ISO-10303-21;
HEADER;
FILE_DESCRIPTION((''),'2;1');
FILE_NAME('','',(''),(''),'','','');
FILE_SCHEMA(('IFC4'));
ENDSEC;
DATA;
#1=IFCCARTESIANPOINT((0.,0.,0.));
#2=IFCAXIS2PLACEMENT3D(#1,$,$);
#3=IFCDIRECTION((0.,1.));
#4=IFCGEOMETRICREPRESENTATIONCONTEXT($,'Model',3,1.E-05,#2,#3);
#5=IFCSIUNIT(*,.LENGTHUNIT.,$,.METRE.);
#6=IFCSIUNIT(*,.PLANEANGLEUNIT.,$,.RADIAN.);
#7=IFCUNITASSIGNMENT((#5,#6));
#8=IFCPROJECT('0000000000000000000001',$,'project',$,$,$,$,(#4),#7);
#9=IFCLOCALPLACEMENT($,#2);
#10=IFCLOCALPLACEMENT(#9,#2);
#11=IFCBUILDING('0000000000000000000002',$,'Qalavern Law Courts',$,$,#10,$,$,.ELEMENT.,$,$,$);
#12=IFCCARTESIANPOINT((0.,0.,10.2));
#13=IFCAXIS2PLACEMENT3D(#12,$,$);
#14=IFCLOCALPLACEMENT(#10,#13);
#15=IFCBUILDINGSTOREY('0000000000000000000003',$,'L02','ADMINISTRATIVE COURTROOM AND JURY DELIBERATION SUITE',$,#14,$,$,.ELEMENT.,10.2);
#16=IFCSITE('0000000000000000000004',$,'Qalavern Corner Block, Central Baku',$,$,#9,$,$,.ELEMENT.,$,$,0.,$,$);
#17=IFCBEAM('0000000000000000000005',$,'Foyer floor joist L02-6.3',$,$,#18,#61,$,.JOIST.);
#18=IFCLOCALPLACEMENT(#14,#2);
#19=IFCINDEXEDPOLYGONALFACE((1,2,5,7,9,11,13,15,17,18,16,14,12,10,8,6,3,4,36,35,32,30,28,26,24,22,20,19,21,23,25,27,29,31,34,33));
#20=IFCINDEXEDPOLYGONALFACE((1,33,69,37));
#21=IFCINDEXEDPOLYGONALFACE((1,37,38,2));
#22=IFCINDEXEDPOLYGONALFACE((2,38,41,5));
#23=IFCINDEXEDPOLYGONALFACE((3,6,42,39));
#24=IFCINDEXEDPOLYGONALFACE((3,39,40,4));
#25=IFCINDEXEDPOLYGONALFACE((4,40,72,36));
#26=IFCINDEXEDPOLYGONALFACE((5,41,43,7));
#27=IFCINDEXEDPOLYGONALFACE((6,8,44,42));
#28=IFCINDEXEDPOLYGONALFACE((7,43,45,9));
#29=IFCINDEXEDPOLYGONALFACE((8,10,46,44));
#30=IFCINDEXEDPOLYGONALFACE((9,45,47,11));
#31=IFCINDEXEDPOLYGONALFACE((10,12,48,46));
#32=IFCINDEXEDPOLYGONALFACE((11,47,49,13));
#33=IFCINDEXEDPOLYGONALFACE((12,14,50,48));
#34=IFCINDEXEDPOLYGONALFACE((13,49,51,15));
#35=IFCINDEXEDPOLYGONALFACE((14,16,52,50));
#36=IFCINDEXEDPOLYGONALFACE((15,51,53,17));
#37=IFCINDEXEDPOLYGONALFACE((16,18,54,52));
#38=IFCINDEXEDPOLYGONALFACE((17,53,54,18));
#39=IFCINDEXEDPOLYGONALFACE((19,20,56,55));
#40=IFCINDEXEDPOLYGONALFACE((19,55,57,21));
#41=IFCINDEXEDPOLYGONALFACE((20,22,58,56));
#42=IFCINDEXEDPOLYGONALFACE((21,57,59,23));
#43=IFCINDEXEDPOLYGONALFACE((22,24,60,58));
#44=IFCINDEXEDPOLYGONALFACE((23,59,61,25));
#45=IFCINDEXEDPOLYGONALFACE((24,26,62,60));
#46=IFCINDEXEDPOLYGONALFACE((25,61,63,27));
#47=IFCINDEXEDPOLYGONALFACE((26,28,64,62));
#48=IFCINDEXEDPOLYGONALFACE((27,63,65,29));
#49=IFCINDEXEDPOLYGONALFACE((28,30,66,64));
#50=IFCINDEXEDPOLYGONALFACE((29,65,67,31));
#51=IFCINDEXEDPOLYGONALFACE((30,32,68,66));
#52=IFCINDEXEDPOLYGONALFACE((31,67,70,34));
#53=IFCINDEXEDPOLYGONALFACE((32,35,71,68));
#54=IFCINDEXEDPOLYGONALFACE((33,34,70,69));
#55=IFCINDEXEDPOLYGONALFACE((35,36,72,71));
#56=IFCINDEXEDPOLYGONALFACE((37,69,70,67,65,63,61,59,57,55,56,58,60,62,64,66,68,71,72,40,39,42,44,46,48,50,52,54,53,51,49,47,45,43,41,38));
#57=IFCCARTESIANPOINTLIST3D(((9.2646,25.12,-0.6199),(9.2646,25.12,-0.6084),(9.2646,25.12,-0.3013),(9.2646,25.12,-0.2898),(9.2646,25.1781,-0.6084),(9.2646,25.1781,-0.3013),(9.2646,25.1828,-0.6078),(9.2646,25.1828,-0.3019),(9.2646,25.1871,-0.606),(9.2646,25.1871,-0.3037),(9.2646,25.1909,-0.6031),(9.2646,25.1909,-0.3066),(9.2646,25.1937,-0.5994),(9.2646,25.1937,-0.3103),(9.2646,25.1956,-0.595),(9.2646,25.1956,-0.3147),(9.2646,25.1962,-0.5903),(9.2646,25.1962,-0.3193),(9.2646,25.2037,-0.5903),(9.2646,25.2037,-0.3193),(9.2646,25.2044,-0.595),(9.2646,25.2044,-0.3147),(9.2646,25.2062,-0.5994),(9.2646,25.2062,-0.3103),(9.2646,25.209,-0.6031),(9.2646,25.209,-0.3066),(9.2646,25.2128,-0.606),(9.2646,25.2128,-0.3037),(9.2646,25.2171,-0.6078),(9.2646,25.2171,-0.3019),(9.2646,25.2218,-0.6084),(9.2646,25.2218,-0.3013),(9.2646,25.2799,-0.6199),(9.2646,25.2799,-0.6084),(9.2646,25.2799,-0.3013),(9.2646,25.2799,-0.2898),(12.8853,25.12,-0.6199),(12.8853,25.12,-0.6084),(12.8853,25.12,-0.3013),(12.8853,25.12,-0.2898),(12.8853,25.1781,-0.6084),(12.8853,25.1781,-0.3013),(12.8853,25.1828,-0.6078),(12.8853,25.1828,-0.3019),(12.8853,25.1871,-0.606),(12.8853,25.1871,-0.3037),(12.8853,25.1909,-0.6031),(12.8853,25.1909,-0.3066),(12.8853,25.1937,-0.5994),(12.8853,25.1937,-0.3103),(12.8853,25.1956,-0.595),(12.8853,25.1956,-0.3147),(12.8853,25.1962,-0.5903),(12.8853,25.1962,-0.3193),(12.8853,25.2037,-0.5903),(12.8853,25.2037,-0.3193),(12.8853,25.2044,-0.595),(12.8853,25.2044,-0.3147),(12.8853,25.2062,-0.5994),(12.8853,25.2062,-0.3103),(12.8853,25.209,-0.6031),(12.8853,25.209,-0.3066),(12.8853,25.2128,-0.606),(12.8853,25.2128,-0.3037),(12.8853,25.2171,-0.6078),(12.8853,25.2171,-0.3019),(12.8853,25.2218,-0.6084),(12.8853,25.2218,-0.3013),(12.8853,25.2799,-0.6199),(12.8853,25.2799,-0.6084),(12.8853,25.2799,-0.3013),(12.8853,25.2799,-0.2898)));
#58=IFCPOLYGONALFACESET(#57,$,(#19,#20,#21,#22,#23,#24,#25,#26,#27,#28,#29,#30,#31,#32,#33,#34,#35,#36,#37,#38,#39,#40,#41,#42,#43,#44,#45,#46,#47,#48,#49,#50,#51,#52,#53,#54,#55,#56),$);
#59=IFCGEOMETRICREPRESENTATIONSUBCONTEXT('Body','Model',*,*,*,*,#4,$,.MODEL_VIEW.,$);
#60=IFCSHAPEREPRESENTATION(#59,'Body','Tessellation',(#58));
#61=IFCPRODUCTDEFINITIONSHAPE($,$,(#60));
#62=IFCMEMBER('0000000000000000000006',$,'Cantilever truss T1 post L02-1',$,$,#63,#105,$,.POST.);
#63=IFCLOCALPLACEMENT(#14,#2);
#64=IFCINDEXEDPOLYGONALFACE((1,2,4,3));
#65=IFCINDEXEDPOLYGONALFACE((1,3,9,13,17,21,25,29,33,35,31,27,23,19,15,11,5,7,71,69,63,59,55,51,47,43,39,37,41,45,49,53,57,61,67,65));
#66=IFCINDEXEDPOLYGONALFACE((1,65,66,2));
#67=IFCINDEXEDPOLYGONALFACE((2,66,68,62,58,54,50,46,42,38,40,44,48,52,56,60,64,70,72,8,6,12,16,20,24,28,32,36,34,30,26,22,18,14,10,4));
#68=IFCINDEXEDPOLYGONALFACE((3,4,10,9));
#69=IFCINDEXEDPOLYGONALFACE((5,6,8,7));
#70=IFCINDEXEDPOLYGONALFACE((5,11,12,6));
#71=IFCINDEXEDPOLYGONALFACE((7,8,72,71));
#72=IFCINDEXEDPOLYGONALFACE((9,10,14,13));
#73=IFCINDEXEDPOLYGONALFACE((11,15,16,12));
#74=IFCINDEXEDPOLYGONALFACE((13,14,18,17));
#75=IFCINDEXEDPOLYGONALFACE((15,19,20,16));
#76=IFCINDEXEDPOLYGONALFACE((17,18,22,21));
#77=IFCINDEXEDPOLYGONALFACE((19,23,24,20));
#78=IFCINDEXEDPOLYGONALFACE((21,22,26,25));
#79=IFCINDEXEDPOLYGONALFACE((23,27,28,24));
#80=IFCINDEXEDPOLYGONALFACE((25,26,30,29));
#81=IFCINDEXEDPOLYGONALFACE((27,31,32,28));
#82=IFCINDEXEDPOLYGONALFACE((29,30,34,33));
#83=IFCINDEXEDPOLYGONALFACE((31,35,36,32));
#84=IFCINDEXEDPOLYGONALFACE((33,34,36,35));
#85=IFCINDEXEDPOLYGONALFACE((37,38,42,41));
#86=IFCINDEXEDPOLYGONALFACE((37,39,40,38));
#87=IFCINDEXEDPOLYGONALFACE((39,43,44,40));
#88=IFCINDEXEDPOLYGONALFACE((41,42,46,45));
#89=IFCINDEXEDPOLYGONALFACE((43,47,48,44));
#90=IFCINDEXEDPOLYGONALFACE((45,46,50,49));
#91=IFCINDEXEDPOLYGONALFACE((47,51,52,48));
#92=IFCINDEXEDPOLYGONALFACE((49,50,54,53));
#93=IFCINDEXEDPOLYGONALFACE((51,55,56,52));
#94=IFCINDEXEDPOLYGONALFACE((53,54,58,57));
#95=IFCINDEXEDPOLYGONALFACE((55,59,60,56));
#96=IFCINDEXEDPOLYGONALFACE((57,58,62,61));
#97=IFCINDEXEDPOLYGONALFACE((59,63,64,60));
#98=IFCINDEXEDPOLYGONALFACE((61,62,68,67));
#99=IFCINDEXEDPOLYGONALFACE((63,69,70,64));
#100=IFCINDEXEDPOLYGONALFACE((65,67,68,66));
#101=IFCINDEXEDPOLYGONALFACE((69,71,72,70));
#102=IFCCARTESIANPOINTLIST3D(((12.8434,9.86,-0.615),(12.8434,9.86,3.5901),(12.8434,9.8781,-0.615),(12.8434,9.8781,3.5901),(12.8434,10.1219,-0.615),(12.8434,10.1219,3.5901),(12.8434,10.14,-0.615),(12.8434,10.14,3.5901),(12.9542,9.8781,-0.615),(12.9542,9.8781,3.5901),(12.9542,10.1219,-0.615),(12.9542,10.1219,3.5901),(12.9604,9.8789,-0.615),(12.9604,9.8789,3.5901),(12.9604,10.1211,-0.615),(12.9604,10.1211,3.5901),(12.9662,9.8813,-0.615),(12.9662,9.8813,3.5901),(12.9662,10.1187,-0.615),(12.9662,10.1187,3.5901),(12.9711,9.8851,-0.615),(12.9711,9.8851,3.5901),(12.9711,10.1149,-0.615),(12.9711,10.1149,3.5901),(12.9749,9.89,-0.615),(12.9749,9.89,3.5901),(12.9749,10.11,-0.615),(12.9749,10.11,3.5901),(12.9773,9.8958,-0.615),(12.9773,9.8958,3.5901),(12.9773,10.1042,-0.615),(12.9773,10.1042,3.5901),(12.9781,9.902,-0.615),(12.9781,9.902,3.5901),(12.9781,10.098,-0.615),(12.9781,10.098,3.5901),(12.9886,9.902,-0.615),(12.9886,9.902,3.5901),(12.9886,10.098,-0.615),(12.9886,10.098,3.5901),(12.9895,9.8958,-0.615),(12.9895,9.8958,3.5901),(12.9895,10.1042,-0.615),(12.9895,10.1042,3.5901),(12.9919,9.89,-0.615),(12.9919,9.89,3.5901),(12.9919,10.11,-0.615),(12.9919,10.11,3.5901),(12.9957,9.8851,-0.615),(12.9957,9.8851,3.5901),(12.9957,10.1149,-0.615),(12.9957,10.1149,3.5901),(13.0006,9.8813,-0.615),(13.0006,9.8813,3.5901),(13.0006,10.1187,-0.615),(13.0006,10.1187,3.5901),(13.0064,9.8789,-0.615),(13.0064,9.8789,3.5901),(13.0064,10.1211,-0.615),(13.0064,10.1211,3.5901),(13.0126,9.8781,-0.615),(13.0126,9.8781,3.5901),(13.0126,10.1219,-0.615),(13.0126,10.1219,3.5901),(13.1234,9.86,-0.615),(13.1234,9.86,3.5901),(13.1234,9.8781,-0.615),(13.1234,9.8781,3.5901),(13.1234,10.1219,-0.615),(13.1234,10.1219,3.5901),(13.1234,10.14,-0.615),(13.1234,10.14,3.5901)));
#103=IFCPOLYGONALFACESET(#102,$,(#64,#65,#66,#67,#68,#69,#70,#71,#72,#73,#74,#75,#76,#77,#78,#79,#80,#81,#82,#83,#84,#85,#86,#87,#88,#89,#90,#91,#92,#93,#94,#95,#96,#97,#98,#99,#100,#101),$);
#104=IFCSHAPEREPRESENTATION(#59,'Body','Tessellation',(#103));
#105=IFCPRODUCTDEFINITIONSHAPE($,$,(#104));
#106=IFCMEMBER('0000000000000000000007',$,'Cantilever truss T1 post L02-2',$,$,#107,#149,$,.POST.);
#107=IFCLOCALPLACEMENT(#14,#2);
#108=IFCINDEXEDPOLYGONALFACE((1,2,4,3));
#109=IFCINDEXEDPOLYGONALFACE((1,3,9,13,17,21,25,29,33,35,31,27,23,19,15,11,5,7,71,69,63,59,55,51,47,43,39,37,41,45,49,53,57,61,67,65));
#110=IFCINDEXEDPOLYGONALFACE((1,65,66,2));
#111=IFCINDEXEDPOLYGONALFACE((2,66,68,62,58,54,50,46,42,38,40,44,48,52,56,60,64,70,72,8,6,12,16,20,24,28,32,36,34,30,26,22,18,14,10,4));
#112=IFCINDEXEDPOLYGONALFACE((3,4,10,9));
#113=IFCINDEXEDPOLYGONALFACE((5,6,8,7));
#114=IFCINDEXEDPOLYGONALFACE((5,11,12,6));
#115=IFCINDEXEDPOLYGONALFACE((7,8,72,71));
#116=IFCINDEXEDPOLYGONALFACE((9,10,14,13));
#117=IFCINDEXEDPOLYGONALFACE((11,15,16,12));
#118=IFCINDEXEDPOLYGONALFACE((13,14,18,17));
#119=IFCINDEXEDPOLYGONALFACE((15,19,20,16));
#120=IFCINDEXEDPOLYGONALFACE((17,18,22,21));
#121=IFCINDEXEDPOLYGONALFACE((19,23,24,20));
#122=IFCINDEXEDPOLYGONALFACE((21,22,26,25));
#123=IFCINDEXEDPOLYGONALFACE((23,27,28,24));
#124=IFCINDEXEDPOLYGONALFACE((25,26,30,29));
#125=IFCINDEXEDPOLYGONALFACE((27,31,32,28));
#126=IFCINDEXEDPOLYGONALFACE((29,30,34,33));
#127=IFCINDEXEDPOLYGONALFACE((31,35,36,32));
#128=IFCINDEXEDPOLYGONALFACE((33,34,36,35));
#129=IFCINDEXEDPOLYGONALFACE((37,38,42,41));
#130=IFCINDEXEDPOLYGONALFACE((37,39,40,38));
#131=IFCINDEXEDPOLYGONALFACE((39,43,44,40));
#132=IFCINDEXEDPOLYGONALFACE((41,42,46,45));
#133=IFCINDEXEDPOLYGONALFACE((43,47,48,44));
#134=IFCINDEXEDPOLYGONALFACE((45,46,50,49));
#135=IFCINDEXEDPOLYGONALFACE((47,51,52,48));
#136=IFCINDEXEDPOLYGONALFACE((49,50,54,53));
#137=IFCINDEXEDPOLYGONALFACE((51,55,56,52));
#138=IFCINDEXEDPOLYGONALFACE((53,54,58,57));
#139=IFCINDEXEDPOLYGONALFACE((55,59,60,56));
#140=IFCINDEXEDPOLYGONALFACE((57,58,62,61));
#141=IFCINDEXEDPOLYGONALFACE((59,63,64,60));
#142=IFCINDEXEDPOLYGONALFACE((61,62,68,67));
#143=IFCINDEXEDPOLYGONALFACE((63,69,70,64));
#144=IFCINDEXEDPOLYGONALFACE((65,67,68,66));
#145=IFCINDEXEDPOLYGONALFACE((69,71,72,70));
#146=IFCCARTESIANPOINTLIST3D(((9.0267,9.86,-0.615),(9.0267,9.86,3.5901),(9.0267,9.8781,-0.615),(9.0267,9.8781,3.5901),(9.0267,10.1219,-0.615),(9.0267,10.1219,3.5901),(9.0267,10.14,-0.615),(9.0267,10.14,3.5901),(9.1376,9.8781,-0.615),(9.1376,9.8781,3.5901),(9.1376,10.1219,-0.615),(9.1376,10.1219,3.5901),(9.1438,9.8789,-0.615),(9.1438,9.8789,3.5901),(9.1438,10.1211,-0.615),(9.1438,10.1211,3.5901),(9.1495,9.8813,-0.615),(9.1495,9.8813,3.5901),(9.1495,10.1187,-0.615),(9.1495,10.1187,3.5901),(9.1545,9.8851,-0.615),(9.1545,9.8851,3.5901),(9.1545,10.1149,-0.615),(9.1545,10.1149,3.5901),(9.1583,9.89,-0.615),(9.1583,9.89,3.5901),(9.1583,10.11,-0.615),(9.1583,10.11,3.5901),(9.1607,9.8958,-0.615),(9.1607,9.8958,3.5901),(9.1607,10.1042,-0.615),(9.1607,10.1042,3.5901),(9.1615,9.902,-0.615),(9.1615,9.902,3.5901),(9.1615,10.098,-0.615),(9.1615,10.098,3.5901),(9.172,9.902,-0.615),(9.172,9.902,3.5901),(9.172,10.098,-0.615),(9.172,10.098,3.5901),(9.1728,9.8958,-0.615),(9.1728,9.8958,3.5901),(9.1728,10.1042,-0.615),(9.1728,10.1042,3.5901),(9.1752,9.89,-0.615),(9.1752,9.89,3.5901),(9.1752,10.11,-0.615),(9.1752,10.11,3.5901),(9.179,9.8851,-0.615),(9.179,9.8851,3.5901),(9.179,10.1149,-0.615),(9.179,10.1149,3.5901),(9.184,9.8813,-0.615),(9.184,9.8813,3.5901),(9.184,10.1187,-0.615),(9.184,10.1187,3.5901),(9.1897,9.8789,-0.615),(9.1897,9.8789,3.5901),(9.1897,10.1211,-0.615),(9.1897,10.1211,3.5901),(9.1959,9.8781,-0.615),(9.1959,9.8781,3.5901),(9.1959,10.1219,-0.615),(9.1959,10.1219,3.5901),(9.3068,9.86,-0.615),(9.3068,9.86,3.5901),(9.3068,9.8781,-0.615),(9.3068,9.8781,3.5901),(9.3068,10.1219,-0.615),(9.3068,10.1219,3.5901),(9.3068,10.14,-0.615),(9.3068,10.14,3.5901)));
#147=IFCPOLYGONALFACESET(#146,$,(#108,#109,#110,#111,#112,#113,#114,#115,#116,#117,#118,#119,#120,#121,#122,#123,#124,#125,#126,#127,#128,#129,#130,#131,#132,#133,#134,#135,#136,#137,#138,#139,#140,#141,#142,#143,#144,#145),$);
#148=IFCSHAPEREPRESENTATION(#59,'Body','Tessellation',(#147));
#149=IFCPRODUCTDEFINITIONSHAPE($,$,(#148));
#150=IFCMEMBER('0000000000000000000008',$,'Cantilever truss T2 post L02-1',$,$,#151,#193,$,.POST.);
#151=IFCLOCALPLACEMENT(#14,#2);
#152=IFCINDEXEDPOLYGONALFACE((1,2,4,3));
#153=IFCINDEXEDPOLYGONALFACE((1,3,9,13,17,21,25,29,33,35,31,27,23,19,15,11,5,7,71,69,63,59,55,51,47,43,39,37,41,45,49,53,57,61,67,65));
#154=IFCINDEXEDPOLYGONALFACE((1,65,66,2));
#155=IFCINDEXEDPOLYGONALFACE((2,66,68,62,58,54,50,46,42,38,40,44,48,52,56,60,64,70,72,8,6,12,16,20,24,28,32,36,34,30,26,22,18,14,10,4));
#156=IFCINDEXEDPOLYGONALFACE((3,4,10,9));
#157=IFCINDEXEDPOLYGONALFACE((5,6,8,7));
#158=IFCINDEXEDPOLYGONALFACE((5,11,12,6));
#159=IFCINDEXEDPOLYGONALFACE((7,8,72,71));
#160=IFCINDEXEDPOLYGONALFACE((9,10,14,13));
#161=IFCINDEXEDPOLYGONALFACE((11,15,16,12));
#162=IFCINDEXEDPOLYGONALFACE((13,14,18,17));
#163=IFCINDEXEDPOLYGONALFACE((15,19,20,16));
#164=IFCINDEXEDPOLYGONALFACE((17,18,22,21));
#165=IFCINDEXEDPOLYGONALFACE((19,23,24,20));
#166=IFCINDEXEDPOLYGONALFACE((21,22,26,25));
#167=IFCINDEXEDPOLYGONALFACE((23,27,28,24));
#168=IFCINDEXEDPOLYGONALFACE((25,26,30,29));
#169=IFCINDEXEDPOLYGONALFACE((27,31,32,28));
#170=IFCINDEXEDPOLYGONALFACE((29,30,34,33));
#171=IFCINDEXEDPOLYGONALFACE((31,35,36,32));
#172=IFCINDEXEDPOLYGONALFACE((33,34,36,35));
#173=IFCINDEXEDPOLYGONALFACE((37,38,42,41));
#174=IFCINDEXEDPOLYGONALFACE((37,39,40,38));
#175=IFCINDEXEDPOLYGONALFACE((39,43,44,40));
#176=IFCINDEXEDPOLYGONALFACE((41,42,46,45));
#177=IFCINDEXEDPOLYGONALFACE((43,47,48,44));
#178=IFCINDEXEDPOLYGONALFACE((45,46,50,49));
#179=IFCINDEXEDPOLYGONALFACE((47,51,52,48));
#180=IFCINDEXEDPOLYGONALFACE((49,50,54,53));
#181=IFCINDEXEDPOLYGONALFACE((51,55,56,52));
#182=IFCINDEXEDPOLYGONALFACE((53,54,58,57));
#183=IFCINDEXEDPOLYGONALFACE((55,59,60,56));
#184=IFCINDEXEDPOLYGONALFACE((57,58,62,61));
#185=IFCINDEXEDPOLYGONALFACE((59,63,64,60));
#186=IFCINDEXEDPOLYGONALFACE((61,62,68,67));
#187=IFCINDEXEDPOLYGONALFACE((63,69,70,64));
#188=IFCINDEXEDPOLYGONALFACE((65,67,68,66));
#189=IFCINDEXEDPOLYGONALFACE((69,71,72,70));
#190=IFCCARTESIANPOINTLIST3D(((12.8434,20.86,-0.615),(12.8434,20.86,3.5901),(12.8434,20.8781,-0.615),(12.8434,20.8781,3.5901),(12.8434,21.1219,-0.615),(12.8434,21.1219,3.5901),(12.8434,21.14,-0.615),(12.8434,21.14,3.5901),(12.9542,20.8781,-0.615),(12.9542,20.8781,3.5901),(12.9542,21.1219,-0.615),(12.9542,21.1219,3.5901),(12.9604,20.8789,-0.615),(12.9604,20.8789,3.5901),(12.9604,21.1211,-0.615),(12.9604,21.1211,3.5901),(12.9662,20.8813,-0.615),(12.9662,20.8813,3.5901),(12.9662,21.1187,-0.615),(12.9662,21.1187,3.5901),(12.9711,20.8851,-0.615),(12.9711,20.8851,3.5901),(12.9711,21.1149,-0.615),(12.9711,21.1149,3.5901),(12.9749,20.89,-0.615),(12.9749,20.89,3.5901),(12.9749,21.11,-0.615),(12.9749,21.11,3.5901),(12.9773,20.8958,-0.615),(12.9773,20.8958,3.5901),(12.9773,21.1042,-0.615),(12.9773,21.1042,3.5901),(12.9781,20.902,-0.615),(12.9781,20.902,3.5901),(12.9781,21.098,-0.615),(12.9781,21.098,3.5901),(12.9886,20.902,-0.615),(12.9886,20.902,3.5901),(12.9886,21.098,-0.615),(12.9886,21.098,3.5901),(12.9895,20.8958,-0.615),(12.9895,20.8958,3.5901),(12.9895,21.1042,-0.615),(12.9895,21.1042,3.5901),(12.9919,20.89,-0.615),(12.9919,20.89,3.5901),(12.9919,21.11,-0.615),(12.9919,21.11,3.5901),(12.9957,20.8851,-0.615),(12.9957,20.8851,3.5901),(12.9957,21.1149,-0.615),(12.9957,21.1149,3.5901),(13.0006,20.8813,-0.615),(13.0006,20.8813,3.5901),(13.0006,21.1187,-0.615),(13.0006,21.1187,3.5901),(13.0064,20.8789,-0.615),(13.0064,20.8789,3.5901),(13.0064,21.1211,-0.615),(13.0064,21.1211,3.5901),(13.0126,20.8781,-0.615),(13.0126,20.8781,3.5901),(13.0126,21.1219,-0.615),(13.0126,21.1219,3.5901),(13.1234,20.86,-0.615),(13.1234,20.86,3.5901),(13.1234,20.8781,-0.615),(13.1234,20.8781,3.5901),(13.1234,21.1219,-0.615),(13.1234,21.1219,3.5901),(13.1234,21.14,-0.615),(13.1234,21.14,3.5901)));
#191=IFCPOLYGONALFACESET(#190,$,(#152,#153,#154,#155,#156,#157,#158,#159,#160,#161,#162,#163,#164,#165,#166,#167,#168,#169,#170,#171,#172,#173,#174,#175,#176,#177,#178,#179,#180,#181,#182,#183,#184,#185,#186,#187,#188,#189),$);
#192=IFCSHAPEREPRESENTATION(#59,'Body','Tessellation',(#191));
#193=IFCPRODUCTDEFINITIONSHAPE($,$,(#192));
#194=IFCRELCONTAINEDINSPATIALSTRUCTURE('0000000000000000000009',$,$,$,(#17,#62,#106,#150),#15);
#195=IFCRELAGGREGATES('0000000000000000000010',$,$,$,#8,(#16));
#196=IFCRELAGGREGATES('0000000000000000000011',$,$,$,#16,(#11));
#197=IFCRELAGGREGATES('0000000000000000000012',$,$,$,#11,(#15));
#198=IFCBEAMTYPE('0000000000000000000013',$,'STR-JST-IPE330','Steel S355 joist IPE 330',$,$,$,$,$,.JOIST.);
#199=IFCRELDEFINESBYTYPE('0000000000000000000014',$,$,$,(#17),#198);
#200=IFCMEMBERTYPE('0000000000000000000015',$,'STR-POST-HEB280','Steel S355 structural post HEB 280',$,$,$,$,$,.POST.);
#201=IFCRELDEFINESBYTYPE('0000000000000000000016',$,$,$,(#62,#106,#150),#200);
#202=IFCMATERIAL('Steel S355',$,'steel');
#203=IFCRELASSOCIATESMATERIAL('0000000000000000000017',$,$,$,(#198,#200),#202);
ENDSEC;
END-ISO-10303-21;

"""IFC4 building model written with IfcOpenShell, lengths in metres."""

from ifc_helpers import new_model, si_unit, direction, frame, origin, origin_2d, place, context, subcontext, project, spatial, i_section, extrude, material, material_profile, profile_set, type_object, element, save


model = new_model("IFC4")

# Units and contexts
model_context = context("Model", 3, precision=1e-05, world=origin(), true_north=direction((0.0, 1.0)))
body_context = subcontext(model_context, "Body", "Model", "MODEL_VIEW")
ifc_project = project(units=[si_unit("LENGTHUNIT", "METRE"), si_unit("PLANEANGLEUNIT", "RADIAN")], contexts=[model_context])

# Site, building, storey
site_placement = place(None, origin())
site = spatial("IfcSite", under=ifc_project, at=site_placement, Name="Qalavern Corner Block, Central Baku", CompositionType="ELEMENT", RefElevation=0.0)
building_placement = place(site_placement, origin())
building = spatial("IfcBuilding", under=site, at=building_placement, Name="Qalavern Law Courts", CompositionType="ELEMENT")
storey_placement = place(building_placement, frame((0.0, 0.0, 10.2)))
storey = spatial("IfcBuildingStorey", under=building, at=storey_placement, Name="L02", Description="ADMINISTRATIVE COURTROOM AND JURY DELIBERATION SUITE", CompositionType="ELEMENT", Elevation=10.2)

# Shared definitions
ifc_material_1 = material(Name="Steel S355", Category="steel")

# Beam
ifc_material_profile_1 = material_profile(ifc_material_1, i_section(OverallWidth=0.1599, OverallDepth=0.3301, WebThickness=0.0076, FlangeThickness=0.0115, FilletRadius=0.0181, at=origin_2d()), Name="IPE 330")
ifc_profile_set_1 = profile_set([ifc_material_profile_1], Name="Steel S355")
beam_type_1 = type_object("IfcBeamType", Name="STR-JST-IPE330", Description="Steel S355 joist IPE 330", PredefinedType="JOIST", material=ifc_profile_set_1)
for number, where, z_axis, x_axis, name in (
    (1, (9.2646, 25.2, -0.4548), (1.0, 0.0, 0.0), (0.0, 1.0, 0.0), "Foyer floor joist L02-6.3"),
):
    element("IfcBeam", number, at=place(storey_placement, frame(where, z_axis=z_axis, x_axis=x_axis)), inside=storey, type_object=beam_type_1, Name=name, PredefinedType="JOIST", context=body_context, shape_type="SweptSolid", body=[
        extrude(i_section(OverallWidth=0.1599, OverallDepth=0.3301, WebThickness=0.0076, FlangeThickness=0.0115, FilletRadius=0.0181, at=origin_2d()), origin(), (0.0, 0.0, 1.0), 3.6206),
    ])

# Members
ifc_material_profile_2 = material_profile(ifc_material_1, i_section(OverallWidth=0.28, OverallDepth=0.28, WebThickness=0.0105, FlangeThickness=0.0181, FilletRadius=0.0239, at=origin_2d()), Name="HEB 280")
ifc_profile_set_2 = profile_set([ifc_material_profile_2], Name="Steel S355")
member_type_1 = type_object("IfcMemberType", Name="STR-POST-HEB280", Description="Steel S355 structural post HEB 280", PredefinedType="POST", material=ifc_profile_set_2)
for number, where, z_axis, x_axis, name in (
    (2, (12.9834, 10.0, -0.615), (0.0, 0.0, 1.0), (1.0, 0.0, 0.0), "Cantilever truss T1 post L02-1"),
    (3, (9.1667, 10.0, -0.615), (0.0, 0.0, 1.0), (1.0, 0.0, 0.0), "Cantilever truss T1 post L02-2"),
    (4, (12.9834, 21.0, -0.615), (0.0, 0.0, 1.0), (1.0, 0.0, 0.0), "Cantilever truss T2 post L02-1"),
):
    element("IfcMember", number, at=place(storey_placement, frame(where, z_axis=z_axis, x_axis=x_axis)), inside=storey, type_object=member_type_1, Name=name, PredefinedType="POST", context=body_context, shape_type="SweptSolid", body=[
        extrude(i_section(OverallWidth=0.28, OverallDepth=0.28, WebThickness=0.0105, FlangeThickness=0.0181, FilletRadius=0.0239, at=origin_2d()), origin(), (0.0, 0.0, 1.0), 4.2051),
    ])

save(model, "model.ifc")
